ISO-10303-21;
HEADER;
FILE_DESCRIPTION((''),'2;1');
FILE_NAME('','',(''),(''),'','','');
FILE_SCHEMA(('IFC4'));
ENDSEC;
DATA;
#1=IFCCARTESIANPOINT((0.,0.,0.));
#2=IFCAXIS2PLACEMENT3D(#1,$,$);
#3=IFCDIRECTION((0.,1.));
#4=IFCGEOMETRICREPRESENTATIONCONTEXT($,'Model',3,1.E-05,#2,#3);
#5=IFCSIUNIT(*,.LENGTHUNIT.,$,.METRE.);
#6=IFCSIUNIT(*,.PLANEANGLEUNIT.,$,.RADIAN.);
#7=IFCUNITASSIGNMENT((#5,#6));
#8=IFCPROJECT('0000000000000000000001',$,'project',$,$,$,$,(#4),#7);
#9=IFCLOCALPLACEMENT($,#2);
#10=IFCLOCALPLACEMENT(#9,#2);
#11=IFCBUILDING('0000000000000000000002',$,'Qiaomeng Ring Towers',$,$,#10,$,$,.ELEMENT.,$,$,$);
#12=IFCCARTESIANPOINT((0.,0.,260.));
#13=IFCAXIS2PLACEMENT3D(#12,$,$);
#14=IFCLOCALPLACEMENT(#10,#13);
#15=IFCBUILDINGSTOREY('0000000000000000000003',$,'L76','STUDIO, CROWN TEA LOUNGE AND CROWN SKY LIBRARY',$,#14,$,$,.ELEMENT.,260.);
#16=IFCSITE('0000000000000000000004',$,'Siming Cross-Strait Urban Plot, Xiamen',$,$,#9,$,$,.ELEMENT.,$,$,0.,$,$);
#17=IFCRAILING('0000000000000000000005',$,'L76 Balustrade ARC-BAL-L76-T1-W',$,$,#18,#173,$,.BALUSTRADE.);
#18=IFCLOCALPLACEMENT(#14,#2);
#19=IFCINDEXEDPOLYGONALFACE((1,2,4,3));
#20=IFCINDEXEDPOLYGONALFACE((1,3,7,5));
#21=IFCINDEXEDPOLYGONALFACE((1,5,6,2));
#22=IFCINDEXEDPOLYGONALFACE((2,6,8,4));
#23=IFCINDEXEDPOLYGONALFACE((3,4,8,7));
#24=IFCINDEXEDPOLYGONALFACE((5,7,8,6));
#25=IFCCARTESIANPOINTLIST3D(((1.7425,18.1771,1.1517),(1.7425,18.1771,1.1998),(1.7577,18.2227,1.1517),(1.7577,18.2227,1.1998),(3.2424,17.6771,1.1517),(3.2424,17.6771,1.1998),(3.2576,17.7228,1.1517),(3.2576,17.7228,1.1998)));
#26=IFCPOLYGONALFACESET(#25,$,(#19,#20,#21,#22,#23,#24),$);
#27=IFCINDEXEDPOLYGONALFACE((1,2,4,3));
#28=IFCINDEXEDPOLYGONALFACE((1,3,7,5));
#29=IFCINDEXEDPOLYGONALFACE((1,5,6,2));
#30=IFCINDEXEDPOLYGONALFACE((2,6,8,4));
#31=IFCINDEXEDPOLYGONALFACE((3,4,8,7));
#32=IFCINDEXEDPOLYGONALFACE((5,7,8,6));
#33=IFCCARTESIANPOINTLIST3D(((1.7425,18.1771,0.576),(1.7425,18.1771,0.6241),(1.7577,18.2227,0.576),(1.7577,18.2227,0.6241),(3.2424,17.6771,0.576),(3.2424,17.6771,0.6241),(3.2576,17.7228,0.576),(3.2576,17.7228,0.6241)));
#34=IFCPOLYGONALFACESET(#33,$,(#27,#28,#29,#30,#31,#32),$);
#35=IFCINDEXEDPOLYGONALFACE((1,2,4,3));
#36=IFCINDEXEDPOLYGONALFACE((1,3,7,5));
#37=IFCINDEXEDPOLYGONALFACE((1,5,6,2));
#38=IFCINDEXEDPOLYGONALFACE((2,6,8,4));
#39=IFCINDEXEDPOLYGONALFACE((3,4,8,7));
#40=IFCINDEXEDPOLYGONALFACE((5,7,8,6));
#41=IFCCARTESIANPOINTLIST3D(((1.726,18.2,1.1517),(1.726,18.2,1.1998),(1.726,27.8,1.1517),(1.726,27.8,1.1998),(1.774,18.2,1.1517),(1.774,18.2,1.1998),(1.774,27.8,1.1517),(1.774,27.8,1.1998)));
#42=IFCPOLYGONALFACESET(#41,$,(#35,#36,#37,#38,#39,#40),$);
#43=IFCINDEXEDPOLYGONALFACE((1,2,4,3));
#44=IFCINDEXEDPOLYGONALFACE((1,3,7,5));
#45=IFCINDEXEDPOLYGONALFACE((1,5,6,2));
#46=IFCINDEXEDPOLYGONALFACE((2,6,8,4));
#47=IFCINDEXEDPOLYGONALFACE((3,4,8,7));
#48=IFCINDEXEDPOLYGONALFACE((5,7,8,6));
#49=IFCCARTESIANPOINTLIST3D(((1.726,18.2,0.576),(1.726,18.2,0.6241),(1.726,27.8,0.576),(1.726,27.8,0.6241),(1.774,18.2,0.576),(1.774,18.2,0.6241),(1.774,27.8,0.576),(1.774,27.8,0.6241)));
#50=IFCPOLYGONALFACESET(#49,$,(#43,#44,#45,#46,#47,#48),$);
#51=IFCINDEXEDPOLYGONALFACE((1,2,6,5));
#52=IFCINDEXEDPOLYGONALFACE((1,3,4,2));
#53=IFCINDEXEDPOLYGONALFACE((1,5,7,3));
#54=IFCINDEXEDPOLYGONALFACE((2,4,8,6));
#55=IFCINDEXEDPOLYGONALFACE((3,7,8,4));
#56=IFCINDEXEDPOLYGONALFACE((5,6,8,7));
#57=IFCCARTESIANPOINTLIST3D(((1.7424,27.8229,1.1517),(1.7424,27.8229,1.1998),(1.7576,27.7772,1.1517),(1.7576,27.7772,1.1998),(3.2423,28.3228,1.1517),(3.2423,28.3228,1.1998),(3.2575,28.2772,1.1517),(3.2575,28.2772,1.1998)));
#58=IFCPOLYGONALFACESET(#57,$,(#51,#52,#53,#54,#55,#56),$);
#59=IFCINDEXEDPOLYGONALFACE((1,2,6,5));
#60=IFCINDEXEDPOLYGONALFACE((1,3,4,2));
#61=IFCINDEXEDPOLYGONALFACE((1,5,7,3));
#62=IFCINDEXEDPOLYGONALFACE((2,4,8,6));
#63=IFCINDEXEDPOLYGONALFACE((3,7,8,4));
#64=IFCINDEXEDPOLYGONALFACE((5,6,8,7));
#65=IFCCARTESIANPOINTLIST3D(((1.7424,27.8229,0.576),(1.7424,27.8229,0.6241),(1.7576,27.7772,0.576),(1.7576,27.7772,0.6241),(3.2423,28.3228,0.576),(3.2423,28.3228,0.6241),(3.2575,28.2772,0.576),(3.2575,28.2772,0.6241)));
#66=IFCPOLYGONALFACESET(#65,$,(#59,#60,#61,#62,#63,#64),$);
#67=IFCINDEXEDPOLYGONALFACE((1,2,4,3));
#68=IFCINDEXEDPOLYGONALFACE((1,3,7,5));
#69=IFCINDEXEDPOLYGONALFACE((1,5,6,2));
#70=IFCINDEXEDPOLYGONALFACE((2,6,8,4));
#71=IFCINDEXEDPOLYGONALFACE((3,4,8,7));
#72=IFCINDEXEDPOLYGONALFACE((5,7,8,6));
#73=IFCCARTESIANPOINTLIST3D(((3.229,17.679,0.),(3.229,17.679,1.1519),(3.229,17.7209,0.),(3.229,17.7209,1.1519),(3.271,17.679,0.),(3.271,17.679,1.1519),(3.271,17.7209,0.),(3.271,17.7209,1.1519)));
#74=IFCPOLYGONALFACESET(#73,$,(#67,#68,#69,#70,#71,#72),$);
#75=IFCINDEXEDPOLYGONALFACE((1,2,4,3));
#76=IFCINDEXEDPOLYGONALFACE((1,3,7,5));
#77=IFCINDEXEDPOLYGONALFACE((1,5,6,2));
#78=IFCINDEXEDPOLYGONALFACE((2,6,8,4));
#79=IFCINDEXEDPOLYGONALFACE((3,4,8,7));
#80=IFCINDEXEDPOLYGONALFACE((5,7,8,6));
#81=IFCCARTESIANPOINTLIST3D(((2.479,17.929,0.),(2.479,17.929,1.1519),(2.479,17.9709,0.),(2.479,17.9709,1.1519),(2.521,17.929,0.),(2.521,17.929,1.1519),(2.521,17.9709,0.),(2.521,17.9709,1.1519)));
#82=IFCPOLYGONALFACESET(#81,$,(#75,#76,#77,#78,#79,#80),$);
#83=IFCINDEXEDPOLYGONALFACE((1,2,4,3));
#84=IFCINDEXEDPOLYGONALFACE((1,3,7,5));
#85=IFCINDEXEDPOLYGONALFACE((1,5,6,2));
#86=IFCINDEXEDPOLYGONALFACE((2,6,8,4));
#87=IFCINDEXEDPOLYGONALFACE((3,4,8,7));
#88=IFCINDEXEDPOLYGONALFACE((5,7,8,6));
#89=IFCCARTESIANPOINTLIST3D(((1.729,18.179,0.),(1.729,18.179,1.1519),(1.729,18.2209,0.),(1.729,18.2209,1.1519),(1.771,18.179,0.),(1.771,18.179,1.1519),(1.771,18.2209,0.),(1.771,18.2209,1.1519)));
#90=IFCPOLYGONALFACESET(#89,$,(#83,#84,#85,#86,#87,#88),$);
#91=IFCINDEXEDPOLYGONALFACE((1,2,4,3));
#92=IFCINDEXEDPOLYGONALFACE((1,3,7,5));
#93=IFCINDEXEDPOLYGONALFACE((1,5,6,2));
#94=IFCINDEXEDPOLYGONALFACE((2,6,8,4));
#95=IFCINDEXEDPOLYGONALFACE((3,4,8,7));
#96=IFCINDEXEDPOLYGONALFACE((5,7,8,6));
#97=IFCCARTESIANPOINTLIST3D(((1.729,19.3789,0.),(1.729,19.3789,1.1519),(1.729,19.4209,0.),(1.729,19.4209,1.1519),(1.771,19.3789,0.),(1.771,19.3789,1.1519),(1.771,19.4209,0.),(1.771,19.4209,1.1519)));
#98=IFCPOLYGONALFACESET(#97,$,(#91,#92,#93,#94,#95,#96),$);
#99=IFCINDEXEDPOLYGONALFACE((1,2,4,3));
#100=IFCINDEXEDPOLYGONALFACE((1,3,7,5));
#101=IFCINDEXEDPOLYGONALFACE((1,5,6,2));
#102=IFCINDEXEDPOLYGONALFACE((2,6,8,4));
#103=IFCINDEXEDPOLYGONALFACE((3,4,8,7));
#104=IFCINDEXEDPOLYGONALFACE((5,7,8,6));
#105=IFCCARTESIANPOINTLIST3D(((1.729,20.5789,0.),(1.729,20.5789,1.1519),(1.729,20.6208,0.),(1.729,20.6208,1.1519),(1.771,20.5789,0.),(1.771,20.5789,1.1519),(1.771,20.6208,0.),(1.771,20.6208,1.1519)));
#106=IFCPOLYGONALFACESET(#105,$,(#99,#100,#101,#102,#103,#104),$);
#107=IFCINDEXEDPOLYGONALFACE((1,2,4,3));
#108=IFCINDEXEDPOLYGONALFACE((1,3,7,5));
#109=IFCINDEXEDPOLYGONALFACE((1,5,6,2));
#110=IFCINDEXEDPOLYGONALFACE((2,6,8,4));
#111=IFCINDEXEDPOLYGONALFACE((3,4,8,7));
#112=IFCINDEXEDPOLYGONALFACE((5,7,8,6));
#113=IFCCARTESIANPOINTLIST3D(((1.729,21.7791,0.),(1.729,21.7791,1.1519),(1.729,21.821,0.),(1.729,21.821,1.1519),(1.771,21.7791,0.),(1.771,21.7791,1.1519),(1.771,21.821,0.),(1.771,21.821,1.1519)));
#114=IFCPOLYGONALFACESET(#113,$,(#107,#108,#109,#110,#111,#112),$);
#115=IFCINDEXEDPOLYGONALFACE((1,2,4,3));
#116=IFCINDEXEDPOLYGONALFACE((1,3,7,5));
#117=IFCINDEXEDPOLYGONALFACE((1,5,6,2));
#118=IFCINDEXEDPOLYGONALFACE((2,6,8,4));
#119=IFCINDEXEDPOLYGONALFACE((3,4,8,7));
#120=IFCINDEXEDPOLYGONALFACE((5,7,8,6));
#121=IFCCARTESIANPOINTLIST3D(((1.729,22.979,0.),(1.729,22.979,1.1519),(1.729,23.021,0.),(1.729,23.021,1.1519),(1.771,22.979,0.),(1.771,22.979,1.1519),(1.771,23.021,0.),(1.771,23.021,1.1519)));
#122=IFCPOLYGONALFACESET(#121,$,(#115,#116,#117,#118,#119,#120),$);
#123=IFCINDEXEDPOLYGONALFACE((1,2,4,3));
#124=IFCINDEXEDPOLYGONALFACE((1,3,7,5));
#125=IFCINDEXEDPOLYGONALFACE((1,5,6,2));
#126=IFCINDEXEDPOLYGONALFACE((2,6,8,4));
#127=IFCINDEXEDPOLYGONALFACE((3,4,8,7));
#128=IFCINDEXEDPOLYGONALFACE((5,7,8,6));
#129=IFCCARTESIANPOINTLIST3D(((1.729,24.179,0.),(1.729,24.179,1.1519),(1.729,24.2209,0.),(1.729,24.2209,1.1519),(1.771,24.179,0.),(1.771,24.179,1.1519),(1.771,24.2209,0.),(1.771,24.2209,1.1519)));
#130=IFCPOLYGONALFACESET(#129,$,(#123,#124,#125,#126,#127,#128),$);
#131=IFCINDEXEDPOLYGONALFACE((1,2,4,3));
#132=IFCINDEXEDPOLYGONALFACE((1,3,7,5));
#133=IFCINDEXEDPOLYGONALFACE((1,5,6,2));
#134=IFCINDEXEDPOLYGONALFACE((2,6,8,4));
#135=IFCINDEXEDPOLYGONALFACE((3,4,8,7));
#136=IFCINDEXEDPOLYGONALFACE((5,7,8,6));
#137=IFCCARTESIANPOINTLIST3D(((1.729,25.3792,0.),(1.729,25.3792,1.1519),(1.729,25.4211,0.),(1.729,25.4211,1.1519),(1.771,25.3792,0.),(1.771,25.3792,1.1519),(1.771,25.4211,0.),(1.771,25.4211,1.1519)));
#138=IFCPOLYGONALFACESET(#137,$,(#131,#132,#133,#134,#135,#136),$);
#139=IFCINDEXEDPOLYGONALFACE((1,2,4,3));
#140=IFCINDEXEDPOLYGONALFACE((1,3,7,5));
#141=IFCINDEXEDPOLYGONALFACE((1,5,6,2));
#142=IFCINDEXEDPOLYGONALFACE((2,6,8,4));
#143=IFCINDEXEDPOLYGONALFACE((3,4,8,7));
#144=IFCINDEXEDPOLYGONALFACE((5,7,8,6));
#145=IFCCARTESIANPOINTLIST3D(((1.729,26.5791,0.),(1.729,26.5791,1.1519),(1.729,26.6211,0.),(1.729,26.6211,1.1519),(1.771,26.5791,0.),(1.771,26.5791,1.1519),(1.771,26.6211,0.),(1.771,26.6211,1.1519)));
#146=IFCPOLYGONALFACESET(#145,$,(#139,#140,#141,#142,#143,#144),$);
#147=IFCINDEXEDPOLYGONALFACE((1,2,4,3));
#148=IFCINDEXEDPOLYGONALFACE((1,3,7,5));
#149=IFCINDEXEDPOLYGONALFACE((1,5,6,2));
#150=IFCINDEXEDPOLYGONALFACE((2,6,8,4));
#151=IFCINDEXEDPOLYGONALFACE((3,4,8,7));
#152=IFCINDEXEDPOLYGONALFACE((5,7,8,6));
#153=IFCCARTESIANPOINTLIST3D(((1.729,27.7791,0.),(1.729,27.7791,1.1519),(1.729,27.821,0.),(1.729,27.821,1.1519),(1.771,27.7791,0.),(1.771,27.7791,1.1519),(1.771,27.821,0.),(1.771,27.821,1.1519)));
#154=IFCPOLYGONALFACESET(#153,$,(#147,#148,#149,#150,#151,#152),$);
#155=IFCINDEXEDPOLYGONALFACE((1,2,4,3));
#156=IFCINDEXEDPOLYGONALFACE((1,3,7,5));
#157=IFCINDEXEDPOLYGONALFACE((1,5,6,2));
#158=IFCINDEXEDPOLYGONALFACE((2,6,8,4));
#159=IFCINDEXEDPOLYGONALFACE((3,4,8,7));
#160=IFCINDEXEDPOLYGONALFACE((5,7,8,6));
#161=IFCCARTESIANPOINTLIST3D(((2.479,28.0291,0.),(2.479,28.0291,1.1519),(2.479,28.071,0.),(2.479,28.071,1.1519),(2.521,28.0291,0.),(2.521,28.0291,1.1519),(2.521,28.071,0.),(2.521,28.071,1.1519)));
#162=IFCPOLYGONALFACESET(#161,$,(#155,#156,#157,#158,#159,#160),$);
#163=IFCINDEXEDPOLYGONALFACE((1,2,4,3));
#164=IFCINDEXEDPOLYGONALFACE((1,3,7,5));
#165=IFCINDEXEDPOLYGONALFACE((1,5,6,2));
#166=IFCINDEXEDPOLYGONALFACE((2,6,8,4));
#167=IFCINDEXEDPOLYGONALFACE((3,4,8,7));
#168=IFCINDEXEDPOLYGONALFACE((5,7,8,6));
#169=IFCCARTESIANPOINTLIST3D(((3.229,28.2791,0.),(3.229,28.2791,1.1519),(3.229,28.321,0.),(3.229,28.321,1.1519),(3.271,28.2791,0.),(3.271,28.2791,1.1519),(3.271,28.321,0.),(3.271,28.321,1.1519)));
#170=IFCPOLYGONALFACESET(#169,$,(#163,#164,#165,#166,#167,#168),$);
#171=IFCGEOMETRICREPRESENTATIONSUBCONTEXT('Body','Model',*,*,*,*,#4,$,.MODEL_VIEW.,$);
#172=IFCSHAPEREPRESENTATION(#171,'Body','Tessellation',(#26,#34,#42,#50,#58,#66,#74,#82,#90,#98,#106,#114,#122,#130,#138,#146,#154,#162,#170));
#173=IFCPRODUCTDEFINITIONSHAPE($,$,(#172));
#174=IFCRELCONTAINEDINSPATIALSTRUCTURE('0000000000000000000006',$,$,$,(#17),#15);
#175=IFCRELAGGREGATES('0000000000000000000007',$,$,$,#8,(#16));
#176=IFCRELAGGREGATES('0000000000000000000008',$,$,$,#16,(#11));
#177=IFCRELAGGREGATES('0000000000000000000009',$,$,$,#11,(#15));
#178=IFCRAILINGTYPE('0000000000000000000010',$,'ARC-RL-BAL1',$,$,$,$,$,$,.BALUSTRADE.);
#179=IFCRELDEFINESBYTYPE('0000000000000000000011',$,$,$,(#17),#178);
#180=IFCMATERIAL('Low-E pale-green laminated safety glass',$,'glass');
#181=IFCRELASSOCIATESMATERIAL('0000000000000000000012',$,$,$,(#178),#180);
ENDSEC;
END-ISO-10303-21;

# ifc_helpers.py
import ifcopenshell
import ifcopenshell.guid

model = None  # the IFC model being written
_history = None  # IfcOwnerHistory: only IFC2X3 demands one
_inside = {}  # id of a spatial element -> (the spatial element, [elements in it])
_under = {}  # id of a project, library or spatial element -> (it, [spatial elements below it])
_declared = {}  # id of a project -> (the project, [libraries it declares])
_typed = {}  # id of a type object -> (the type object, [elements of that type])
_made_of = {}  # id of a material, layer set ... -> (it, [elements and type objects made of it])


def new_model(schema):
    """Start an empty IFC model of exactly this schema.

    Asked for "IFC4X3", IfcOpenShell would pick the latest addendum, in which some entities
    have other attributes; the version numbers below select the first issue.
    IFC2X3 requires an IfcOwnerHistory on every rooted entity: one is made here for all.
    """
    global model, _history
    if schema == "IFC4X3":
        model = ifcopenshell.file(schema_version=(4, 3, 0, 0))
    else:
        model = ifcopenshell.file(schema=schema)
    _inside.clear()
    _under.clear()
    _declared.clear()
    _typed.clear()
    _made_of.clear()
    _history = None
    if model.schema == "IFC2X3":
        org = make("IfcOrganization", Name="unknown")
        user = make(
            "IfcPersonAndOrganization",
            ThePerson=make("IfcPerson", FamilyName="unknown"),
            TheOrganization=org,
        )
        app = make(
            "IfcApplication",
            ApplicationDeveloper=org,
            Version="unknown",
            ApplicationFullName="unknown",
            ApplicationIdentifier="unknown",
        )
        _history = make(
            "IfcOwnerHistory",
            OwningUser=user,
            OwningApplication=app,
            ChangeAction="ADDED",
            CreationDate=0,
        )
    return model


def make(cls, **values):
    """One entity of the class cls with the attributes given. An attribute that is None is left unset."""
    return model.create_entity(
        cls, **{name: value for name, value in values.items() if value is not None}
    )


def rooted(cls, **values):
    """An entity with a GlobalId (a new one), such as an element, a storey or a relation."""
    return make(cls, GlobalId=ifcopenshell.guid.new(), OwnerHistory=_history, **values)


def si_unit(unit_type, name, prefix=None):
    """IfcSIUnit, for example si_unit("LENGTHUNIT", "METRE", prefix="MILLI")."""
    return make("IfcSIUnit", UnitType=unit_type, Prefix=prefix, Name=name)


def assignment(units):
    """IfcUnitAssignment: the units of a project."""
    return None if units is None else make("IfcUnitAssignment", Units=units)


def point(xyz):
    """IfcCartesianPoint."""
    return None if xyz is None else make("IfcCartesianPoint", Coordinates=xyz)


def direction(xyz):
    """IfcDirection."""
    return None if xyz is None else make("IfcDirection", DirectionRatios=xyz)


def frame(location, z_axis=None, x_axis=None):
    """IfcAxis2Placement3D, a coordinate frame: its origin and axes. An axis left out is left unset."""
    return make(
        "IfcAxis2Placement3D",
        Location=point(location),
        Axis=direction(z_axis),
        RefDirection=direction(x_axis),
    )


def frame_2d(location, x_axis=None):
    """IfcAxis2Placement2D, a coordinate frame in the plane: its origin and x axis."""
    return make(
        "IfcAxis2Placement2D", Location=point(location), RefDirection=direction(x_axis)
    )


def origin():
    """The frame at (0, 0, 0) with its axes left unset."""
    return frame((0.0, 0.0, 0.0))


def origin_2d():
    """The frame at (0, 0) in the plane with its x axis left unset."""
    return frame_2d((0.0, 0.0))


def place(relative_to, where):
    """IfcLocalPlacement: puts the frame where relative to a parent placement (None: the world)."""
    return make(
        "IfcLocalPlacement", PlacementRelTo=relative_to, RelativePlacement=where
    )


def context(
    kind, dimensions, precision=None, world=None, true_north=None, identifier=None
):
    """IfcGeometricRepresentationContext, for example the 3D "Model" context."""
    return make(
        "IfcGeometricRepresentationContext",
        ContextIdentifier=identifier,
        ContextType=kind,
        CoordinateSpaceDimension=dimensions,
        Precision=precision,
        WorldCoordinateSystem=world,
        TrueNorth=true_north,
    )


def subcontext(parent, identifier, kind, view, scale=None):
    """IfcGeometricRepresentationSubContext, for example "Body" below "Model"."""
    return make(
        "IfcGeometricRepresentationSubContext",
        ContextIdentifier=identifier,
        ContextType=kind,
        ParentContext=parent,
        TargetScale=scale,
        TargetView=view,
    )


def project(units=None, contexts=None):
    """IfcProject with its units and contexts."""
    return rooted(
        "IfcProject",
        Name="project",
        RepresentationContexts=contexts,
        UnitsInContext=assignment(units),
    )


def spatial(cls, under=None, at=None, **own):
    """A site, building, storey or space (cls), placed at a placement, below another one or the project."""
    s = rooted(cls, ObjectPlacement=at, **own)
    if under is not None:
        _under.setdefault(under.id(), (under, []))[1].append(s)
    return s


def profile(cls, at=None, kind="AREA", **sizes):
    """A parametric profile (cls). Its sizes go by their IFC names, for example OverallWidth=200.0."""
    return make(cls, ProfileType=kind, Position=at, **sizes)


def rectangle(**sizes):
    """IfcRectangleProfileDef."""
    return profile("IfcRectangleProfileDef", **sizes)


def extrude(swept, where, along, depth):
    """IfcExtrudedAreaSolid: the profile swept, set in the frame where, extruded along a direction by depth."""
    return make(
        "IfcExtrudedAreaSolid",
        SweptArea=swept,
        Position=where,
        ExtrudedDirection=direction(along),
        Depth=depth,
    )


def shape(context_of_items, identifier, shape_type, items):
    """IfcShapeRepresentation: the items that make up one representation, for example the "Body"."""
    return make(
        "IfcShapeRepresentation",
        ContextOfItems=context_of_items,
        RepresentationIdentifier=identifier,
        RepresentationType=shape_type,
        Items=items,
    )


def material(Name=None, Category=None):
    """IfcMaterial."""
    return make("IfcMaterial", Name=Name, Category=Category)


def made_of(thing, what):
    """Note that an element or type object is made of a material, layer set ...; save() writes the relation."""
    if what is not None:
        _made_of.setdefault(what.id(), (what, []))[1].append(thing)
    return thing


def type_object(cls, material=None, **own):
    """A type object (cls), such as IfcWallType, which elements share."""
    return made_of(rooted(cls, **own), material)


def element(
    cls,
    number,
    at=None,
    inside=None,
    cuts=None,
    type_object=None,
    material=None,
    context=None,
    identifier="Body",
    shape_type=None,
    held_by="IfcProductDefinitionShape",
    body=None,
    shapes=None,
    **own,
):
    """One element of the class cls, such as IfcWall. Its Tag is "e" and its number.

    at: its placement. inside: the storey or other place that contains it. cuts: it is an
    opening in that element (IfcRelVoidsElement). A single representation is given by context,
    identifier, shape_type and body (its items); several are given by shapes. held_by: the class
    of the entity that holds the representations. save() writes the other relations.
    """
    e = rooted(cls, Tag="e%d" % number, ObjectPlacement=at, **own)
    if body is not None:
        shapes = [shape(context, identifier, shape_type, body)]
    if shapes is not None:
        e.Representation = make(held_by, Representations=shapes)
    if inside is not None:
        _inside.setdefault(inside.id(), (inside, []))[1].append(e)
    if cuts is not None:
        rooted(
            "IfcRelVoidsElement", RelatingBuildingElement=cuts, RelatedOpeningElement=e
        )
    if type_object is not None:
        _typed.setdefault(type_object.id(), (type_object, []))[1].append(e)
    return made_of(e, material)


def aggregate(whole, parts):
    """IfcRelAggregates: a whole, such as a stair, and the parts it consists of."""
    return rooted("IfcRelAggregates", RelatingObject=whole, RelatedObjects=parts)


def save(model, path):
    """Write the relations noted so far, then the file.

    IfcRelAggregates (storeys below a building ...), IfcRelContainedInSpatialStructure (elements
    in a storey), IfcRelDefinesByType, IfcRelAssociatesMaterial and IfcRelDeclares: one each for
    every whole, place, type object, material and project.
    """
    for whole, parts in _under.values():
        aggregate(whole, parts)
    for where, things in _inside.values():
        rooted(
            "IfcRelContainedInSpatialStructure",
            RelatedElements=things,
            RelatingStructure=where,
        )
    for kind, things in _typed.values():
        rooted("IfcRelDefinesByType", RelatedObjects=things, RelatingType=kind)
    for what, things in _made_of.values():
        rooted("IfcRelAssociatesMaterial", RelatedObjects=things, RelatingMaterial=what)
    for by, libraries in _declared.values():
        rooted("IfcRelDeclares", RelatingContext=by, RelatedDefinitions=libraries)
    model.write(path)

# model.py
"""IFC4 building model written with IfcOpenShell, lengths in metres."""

from ifc_helpers import new_model, si_unit, direction, frame, origin, origin_2d, place, context, subcontext, project, spatial, rectangle, extrude, material, type_object, element, save


model = new_model("IFC4")

# Units and contexts
model_context = context("Model", 3, precision=1e-05, world=origin(), true_north=direction((0.0, 1.0)))
body_context = subcontext(model_context, "Body", "Model", "MODEL_VIEW")
ifc_project = project(units=[si_unit("LENGTHUNIT", "METRE"), si_unit("PLANEANGLEUNIT", "RADIAN")], contexts=[model_context])

# Site, building, storey
site_placement = place(None, origin())
site = spatial("IfcSite", under=ifc_project, at=site_placement, Name="Siming Cross-Strait Urban Plot, Xiamen", CompositionType="ELEMENT", RefElevation=0.0)
building_placement = place(site_placement, origin())
building = spatial("IfcBuilding", under=site, at=building_placement, Name="Qiaomeng Ring Towers", CompositionType="ELEMENT")
storey_placement = place(building_placement, frame((0.0, 0.0, 260.0)))
storey = spatial("IfcBuildingStorey", under=building, at=storey_placement, Name="L76", Description="STUDIO, CROWN TEA LOUNGE AND CROWN SKY LIBRARY", CompositionType="ELEMENT", Elevation=260.0)

# Railing
ifc_material_1 = material(Name="Low-E pale-green laminated safety glass", Category="glass")
railing_type = type_object("IfcRailingType", Name="ARC-RL-BAL1", PredefinedType="BALUSTRADE", material=ifc_material_1)
railing_1_placement = place(storey_placement, frame((3.25, 17.7, 0.0)))
element("IfcRailing", 1, at=railing_1_placement, inside=storey, type_object=railing_type, Name="L76 Balustrade ARC-BAL-L76-T1-W", PredefinedType="BALUSTRADE", context=body_context, shape_type="SweptSolid", body=[
    extrude(rectangle(XDim=0.0481, YDim=0.0481, at=origin_2d()), frame((0.0, 0.0, 1.1758), z_axis=(-0.948683, 0.316228, 0.0), x_axis=(-0.316228, -0.948683, 0.0)), (0.0, 0.0, 1.0), 1.5811),
    extrude(rectangle(XDim=0.0481, YDim=0.0481, at=origin_2d()), frame((0.0, 0.0, 0.6001), z_axis=(-0.948683, 0.316228, 0.0), x_axis=(-0.316228, -0.948683, 0.0)), (0.0, 0.0, 1.0), 1.5811),
    extrude(rectangle(XDim=0.0481, YDim=0.0481, at=origin_2d()), frame((-1.5, 0.5, 1.1758), z_axis=(0.0, 1.0, 0.0), x_axis=(-1.0, 0.0, 0.0)), (0.0, 0.0, 1.0), 9.6001),
    extrude(rectangle(XDim=0.0481, YDim=0.0481, at=origin_2d()), frame((-1.5, 0.5, 0.6001), z_axis=(0.0, 1.0, 0.0), x_axis=(-1.0, 0.0, 0.0)), (0.0, 0.0, 1.0), 9.6001),
    extrude(rectangle(XDim=0.0481, YDim=0.0481, at=origin_2d()), frame((-1.5, 10.1001, 1.1758), z_axis=(0.948683, 0.316228, 0.0), x_axis=(-0.316228, 0.948683, 0.0)), (0.0, 0.0, 1.0), 1.5811),
    extrude(rectangle(XDim=0.0481, YDim=0.0481, at=origin_2d()), frame((-1.5, 10.1001, 0.6001), z_axis=(0.948683, 0.316228, 0.0), x_axis=(-0.316228, 0.948683, 0.0)), (0.0, 0.0, 1.0), 1.5811),
    extrude(rectangle(XDim=0.042, YDim=0.042, at=origin_2d()), origin(), (0.0, 0.0, 1.0), 1.1519),
    extrude(rectangle(XDim=0.042, YDim=0.042, at=origin_2d()), frame((-0.75, 0.25, 0.0)), (0.0, 0.0, 1.0), 1.1519),
    extrude(rectangle(XDim=0.042, YDim=0.042, at=origin_2d()), frame((-1.5, 0.5, 0.0)), (0.0, 0.0, 1.0), 1.1519),
    extrude(rectangle(XDim=0.042, YDim=0.042, at=origin_2d()), frame((-1.5, 1.7, 0.0)), (0.0, 0.0, 1.0), 1.1519),
    extrude(rectangle(XDim=0.042, YDim=0.042, at=origin_2d()), frame((-1.5, 2.8999, 0.0)), (0.0, 0.0, 1.0), 1.1519),
    extrude(rectangle(XDim=0.042, YDim=0.042, at=origin_2d()), frame((-1.5, 4.1001, 0.0)), (0.0, 0.0, 1.0), 1.1519),
    extrude(rectangle(XDim=0.042, YDim=0.042, at=origin_2d()), frame((-1.5, 5.3, 0.0)), (0.0, 0.0, 1.0), 1.1519),
    extrude(rectangle(XDim=0.042, YDim=0.042, at=origin_2d()), frame((-1.5, 6.5, 0.0)), (0.0, 0.0, 1.0), 1.1519),
    extrude(rectangle(XDim=0.042, YDim=0.042, at=origin_2d()), frame((-1.5, 7.7002, 0.0)), (0.0, 0.0, 1.0), 1.1519),
    extrude(rectangle(XDim=0.042, YDim=0.042, at=origin_2d()), frame((-1.5, 8.9001, 0.0)), (0.0, 0.0, 1.0), 1.1519),
    extrude(rectangle(XDim=0.042, YDim=0.042, at=origin_2d()), frame((-1.5, 10.1001, 0.0)), (0.0, 0.0, 1.0), 1.1519),
    extrude(rectangle(XDim=0.042, YDim=0.042, at=origin_2d()), frame((-0.75, 10.3501, 0.0)), (0.0, 0.0, 1.0), 1.1519),
    extrude(rectangle(XDim=0.042, YDim=0.042, at=origin_2d()), frame((0.0, 10.6001, 0.0)), (0.0, 0.0, 1.0), 1.1519),
])

save(model, "model.ifc")
